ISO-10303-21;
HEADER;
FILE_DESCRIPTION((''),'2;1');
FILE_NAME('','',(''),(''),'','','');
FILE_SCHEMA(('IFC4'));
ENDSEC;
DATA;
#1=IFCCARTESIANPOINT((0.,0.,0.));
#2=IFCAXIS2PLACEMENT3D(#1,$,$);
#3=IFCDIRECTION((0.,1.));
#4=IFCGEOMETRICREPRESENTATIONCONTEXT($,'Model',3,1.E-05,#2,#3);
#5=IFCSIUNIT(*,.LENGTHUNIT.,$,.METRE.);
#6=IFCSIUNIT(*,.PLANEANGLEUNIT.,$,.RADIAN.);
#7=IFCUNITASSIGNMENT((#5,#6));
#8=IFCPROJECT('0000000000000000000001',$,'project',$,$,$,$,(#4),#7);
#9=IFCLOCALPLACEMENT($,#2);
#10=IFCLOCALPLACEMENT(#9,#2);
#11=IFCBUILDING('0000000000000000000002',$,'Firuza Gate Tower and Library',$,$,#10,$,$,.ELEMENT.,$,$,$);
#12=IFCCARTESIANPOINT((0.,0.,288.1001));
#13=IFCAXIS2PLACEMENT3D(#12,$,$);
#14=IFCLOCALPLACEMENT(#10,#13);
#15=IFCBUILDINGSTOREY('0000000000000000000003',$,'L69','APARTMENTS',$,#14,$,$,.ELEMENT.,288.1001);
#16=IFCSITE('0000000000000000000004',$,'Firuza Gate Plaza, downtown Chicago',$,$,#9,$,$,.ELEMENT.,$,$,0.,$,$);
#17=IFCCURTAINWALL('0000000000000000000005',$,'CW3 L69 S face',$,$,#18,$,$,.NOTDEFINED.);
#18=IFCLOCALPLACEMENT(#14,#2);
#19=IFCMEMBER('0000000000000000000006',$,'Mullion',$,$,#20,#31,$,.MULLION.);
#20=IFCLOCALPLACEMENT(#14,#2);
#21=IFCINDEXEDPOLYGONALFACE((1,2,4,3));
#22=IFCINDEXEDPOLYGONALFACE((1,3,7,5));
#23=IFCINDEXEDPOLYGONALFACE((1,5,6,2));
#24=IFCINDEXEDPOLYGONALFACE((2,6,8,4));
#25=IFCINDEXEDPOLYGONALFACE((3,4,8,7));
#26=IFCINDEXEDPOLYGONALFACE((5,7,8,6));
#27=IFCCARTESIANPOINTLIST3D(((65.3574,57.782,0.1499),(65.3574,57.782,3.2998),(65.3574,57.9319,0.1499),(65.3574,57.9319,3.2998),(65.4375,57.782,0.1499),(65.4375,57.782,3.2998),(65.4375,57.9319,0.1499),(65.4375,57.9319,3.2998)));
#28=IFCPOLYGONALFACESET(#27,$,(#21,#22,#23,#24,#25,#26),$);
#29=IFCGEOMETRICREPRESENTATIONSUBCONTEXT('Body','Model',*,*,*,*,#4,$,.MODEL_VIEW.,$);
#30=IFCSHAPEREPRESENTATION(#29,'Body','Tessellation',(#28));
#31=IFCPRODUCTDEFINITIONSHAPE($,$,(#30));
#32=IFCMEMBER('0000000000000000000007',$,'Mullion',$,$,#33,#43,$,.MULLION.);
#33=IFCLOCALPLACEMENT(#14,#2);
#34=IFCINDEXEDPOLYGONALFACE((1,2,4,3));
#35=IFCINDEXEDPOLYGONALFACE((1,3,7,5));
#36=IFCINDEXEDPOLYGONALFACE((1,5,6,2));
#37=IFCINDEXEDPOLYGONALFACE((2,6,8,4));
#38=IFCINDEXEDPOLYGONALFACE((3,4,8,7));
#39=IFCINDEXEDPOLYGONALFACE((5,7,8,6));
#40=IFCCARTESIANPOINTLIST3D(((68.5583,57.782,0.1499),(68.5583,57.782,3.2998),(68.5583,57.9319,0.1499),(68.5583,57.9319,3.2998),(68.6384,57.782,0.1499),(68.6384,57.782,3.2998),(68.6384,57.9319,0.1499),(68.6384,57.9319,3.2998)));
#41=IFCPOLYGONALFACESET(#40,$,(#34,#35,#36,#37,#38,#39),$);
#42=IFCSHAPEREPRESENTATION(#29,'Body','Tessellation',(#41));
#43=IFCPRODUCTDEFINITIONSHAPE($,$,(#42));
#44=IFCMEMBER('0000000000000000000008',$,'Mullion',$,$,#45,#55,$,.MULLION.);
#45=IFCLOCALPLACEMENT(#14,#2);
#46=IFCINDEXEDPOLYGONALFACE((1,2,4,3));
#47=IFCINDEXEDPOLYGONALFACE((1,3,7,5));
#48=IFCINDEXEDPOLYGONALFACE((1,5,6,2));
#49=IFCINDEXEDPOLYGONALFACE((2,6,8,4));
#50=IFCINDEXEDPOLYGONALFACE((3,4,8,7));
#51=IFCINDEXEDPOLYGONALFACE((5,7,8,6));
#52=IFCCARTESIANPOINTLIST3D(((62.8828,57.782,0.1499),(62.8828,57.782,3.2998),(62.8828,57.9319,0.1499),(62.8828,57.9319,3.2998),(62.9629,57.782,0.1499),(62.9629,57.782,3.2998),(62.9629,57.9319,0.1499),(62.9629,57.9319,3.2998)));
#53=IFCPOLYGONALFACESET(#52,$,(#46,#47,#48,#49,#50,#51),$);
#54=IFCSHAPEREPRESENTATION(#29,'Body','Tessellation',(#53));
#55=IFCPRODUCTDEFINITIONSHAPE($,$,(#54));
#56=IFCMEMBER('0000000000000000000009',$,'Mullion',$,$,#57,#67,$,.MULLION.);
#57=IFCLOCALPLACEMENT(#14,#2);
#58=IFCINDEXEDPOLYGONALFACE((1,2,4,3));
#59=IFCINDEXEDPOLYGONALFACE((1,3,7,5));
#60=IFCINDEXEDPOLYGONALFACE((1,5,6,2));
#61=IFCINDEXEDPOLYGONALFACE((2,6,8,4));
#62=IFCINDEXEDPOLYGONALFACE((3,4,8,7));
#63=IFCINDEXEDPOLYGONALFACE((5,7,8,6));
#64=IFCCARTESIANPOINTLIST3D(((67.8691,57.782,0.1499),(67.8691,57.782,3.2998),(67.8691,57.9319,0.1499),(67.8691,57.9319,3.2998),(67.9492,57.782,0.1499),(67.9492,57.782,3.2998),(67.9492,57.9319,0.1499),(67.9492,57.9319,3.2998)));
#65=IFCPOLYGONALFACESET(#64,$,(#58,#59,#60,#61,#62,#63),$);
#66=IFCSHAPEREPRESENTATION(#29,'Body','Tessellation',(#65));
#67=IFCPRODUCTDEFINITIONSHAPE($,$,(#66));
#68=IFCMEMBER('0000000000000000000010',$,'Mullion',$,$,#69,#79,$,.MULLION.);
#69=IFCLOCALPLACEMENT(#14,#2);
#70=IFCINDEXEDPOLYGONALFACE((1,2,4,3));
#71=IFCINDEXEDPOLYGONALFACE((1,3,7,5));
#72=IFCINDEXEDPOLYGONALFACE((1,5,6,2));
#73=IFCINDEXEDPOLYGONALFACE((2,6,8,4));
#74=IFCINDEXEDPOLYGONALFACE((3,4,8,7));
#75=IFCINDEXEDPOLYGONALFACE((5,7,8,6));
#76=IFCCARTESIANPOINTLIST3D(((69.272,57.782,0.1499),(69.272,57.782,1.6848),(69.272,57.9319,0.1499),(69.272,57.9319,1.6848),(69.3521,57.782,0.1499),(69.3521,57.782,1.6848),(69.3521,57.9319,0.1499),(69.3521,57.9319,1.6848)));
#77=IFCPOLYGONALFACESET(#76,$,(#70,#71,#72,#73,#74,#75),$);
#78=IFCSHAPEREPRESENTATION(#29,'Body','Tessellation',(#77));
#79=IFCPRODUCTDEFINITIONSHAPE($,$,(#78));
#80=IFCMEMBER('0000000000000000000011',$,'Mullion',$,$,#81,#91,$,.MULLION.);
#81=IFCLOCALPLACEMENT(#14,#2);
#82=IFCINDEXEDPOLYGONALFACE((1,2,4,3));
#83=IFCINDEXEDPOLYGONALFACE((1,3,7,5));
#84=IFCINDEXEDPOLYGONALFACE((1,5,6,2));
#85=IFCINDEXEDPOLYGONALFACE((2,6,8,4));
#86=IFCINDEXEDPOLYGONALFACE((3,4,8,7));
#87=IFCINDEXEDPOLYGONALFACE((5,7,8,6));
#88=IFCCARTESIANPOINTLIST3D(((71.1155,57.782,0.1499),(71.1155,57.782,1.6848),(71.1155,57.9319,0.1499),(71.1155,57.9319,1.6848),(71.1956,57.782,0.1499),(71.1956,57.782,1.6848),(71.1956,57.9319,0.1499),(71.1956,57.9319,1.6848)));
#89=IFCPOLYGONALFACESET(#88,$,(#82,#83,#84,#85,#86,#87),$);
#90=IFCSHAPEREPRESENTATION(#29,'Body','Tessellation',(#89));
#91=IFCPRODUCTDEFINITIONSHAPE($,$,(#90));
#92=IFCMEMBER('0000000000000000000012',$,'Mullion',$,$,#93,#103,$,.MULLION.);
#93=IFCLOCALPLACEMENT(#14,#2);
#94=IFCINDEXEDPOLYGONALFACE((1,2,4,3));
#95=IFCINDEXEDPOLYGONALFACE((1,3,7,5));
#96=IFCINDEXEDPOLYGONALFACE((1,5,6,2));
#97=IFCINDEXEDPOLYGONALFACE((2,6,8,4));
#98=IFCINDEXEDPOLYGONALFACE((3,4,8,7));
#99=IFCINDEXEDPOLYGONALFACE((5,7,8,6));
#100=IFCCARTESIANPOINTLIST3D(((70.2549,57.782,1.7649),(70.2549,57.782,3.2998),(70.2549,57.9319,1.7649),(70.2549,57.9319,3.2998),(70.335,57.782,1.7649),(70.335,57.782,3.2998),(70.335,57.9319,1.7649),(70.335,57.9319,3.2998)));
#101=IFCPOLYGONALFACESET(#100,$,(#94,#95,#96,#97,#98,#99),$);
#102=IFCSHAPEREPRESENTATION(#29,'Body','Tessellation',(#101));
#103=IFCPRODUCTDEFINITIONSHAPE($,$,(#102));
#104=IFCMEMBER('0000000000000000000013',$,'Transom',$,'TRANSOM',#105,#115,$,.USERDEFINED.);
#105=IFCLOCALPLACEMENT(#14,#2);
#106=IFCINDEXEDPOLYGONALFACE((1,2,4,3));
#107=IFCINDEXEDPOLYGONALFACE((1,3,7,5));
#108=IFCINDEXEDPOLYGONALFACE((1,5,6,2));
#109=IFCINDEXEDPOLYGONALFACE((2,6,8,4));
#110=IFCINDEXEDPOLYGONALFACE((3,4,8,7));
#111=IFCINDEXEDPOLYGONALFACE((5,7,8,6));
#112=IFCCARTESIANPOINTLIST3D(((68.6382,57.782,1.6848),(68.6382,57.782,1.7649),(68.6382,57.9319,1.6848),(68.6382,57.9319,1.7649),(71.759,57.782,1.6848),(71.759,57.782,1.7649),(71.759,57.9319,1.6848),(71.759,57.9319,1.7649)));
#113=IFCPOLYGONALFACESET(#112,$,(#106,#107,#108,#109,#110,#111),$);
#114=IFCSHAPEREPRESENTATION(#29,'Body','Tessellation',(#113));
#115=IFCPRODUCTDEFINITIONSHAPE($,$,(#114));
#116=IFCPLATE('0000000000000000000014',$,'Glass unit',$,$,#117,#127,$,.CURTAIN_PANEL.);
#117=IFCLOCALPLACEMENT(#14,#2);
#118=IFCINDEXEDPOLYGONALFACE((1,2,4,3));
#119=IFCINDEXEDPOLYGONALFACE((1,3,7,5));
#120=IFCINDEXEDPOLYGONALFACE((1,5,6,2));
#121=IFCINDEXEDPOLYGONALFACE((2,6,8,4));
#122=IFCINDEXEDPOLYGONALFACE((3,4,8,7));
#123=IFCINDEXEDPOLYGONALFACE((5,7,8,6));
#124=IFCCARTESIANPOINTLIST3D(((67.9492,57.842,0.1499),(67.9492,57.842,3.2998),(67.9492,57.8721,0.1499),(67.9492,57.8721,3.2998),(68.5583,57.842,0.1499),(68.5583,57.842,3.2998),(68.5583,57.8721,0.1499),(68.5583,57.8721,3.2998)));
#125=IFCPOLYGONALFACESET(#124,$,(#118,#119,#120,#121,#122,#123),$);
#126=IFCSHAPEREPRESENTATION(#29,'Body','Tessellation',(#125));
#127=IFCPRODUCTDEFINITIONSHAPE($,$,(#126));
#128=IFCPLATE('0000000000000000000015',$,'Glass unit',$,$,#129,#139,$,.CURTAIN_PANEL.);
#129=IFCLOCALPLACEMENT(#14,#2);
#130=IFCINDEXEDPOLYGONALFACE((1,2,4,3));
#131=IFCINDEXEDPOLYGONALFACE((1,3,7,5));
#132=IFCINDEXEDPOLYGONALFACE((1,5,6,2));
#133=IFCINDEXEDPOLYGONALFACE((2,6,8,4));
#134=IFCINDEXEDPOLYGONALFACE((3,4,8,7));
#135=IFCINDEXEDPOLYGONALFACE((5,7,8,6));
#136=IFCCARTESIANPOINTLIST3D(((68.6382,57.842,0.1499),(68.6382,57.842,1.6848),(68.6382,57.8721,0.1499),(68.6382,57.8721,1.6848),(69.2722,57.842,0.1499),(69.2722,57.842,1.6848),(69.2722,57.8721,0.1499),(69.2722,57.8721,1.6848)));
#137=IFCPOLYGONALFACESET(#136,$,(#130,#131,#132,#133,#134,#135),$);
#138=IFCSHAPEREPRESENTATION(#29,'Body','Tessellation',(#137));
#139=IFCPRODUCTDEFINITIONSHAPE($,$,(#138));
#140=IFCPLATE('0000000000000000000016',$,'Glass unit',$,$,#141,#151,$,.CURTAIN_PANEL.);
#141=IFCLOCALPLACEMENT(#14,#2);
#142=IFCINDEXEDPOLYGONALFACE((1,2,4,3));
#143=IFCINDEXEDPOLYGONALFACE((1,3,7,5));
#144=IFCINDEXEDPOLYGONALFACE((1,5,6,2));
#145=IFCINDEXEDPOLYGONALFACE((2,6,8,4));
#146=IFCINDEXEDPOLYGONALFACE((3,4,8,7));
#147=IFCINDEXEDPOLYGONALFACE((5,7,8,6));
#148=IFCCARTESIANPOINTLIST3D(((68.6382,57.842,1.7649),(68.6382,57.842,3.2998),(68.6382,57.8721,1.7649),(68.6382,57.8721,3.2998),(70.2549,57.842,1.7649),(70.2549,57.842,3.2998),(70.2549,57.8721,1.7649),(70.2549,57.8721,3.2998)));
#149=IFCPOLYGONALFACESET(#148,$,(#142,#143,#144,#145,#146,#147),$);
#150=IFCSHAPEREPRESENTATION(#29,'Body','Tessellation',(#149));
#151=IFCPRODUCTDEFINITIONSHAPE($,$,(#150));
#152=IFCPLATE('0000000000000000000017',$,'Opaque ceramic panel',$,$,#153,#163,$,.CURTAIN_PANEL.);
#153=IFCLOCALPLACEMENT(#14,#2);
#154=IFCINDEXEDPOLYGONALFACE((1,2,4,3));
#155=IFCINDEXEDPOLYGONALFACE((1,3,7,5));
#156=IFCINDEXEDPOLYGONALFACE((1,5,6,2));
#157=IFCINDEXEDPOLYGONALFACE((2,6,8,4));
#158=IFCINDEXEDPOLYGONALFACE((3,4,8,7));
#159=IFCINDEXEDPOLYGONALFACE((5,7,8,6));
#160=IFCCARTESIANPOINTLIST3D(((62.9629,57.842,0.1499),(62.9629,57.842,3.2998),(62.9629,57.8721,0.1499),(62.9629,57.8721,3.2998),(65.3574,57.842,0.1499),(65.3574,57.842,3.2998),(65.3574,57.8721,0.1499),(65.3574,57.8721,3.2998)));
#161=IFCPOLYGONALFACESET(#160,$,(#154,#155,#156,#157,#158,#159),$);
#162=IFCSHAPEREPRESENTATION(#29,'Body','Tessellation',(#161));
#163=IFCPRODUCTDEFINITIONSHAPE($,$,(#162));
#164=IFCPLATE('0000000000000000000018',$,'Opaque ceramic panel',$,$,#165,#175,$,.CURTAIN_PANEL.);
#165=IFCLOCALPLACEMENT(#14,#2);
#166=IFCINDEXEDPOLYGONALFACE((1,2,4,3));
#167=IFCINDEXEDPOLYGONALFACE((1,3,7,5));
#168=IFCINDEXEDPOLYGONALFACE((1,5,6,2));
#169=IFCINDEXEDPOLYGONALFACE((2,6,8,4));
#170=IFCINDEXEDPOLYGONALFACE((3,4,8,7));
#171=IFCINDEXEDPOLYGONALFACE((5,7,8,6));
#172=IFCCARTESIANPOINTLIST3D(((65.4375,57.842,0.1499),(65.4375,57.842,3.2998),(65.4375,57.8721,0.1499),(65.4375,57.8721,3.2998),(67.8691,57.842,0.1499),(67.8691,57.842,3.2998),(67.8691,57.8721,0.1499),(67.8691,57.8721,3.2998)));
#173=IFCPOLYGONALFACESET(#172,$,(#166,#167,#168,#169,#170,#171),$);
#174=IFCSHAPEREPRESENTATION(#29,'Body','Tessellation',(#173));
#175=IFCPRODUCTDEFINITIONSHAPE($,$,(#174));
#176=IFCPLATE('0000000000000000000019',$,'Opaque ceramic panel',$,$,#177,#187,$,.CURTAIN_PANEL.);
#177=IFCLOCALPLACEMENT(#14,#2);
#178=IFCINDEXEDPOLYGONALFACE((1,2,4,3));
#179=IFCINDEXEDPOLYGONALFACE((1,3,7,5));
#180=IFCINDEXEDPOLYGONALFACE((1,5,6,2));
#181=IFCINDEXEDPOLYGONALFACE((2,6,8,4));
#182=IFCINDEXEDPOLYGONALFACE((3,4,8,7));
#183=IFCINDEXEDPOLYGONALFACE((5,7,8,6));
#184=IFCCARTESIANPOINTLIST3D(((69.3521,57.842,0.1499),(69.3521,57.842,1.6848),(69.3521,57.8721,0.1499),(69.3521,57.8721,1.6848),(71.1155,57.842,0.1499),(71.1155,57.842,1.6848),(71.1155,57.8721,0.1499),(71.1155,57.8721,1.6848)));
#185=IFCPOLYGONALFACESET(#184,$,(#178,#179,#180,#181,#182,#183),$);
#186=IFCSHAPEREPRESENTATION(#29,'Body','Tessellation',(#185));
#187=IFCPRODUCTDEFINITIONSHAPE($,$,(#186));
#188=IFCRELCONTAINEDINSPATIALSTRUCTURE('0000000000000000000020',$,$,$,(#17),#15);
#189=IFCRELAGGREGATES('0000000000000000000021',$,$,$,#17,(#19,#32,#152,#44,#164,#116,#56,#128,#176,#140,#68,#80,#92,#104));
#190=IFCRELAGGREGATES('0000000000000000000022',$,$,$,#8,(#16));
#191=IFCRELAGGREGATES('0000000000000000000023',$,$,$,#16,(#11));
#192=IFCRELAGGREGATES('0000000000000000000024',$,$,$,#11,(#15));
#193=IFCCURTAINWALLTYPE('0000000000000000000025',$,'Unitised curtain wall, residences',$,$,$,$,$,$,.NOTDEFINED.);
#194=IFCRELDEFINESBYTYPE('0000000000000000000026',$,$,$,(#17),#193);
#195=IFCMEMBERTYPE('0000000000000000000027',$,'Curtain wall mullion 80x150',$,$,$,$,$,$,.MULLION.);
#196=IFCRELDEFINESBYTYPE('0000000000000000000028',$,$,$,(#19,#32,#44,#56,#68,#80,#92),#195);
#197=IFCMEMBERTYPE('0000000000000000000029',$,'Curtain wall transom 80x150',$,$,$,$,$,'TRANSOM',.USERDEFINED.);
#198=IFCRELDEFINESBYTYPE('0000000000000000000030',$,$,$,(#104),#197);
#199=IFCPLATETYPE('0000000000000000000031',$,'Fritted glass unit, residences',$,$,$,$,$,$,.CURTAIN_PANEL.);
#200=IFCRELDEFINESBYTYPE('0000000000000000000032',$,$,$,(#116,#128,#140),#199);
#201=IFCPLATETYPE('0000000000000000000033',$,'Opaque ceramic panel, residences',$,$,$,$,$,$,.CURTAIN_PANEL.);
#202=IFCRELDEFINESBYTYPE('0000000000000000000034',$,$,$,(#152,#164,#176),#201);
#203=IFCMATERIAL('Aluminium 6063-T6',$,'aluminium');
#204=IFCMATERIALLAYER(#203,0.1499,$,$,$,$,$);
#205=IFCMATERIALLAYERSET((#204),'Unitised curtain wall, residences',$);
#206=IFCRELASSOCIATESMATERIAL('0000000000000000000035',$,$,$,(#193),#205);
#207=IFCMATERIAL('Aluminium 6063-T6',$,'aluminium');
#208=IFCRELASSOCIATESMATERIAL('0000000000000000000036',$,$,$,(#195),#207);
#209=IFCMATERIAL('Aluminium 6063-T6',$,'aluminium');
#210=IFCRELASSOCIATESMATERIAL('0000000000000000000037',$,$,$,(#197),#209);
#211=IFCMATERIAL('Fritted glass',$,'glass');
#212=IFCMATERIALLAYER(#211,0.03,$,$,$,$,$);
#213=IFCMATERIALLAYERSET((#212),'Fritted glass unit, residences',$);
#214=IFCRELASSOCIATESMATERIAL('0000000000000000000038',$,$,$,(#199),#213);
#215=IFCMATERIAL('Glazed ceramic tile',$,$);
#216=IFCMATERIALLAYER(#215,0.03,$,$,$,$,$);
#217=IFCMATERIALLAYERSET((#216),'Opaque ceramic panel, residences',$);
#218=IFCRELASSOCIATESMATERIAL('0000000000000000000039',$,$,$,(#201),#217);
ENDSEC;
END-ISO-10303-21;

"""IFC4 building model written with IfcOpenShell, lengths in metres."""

from ifc_helpers import new_model, si_unit, direction, frame, origin, origin_2d, place, context, subcontext, project, spatial, polyline, rectangle, outline, extrude, material, layer, layer_set, material_profile, profile_set, type_object, element, aggregate, save


model = new_model("IFC4")

# Units and contexts
model_context = context("Model", 3, precision=1e-05, world=origin(), true_north=direction((0.0, 1.0)))
body_context = subcontext(model_context, "Body", "Model", "MODEL_VIEW")
ifc_project = project(units=[si_unit("LENGTHUNIT", "METRE"), si_unit("PLANEANGLEUNIT", "RADIAN")], contexts=[model_context])

# Site, building, storey
site_placement = place(None, origin())
site = spatial("IfcSite", under=ifc_project, at=site_placement, Name="Firuza Gate Plaza, downtown Chicago", CompositionType="ELEMENT", RefElevation=0.0)
building_placement = place(site_placement, origin())
building = spatial("IfcBuilding", under=site, at=building_placement, Name="Firuza Gate Tower and Library", CompositionType="ELEMENT")
storey_placement = place(building_placement, frame((0.0, 0.0, 288.1001)))
storey = spatial("IfcBuildingStorey", under=building, at=storey_placement, Name="L69", Description="APARTMENTS", CompositionType="ELEMENT", Elevation=288.1001)

# Curtain wall, members, plates
ifc_material_1 = material(Name="Aluminium 6063-T6", Category="aluminium")
ifc_layer_1 = layer(ifc_material_1, 0.1499)
ifc_layer_set_1 = layer_set([ifc_layer_1], Name="Unitised curtain wall, residences")
curtain_wall_type = type_object("IfcCurtainWallType", Name="Unitised curtain wall, residences", PredefinedType="NOTDEFINED", material=ifc_layer_set_1)
curtain_wall_placement = place(storey_placement, origin())
curtain_wall = element("IfcCurtainWall", 1, at=curtain_wall_placement, inside=storey, type_object=curtain_wall_type, Name="CW3 L69 S face", PredefinedType="NOTDEFINED")
ifc_material_2 = material(Name="Aluminium 6063-T6", Category="aluminium")
ifc_material_profile_1 = material_profile(ifc_material_2, rectangle(XDim=0.1499, YDim=0.0801, at=origin_2d()))
ifc_profile_set_1 = profile_set([ifc_material_profile_1], Name="Aluminium 6063-T6")
member_type_1 = type_object("IfcMemberType", Name="Curtain wall mullion 80x150", PredefinedType="MULLION", material=ifc_profile_set_1)
member_1_placement = place(storey_placement, frame((65.3975, 57.8569, 0.1499), z_axis=(0.0, 0.0, 1.0), x_axis=(0.0, 1.0, 0.0)))
member_1 = element("IfcMember", 2, at=member_1_placement, type_object=member_type_1, Name="Mullion", PredefinedType="MULLION", context=body_context, shape_type="SweptSolid", body=[
    extrude(rectangle(XDim=0.1499, YDim=0.0801, at=origin_2d()), origin(), (0.0, 0.0, 1.0), 3.1499),
])
member_2_placement = place(storey_placement, frame((68.5984, 57.8569, 0.1499), z_axis=(0.0, 0.0, 1.0), x_axis=(0.0, 1.0, 0.0)))
member_2 = element("IfcMember", 3, at=member_2_placement, type_object=member_type_1, Name="Mullion", PredefinedType="MULLION", context=body_context, shape_type="SweptSolid", body=[
    extrude(rectangle(XDim=0.1499, YDim=0.0801, at=origin_2d()), origin(), (0.0, 0.0, 1.0), 3.1499),
])
member_3_placement = place(storey_placement, frame((62.9229, 57.8569, 0.1499), z_axis=(0.0, 0.0, 1.0), x_axis=(0.0, 1.0, 0.0)))
member_3 = element("IfcMember", 4, at=member_3_placement, type_object=member_type_1, Name="Mullion", PredefinedType="MULLION", context=body_context, shape_type="SweptSolid", body=[
    extrude(rectangle(XDim=0.1499, YDim=0.0801, at=origin_2d()), origin(), (0.0, 0.0, 1.0), 3.1499),
])
member_4_placement = place(storey_placement, frame((67.9092, 57.8569, 0.1499), z_axis=(0.0, 0.0, 1.0), x_axis=(0.0, 1.0, 0.0)))
member_4 = element("IfcMember", 5, at=member_4_placement, type_object=member_type_1, Name="Mullion", PredefinedType="MULLION", context=body_context, shape_type="SweptSolid", body=[
    extrude(rectangle(XDim=0.1499, YDim=0.0801, at=origin_2d()), origin(), (0.0, 0.0, 1.0), 3.1499),
])
member_5_placement = place(storey_placement, frame((69.312, 57.8569, 0.1499), z_axis=(0.0, 0.0, 1.0), x_axis=(0.0, 1.0, 0.0)))
member_5 = element("IfcMember", 6, at=member_5_placement, type_object=member_type_1, Name="Mullion", PredefinedType="MULLION", context=body_context, shape_type="SweptSolid", body=[
    extrude(rectangle(XDim=0.1499, YDim=0.0801, at=origin_2d()), origin(), (0.0, 0.0, 1.0), 1.5349),
])
member_6_placement = place(storey_placement, frame((71.1555, 57.8569, 0.1499), z_axis=(0.0, 0.0, 1.0), x_axis=(0.0, 1.0, 0.0)))
member_6 = element("IfcMember", 7, at=member_6_placement, type_object=member_type_1, Name="Mullion", PredefinedType="MULLION", context=body_context, shape_type="SweptSolid", body=[
    extrude(rectangle(XDim=0.1499, YDim=0.0801, at=origin_2d()), origin(), (0.0, 0.0, 1.0), 1.5349),
])
member_7_placement = place(storey_placement, frame((70.2949, 57.8569, 1.7649), z_axis=(0.0, 0.0, 1.0), x_axis=(0.0, 1.0, 0.0)))
member_7 = element("IfcMember", 8, at=member_7_placement, type_object=member_type_1, Name="Mullion", PredefinedType="MULLION", context=body_context, shape_type="SweptSolid", body=[
    extrude(rectangle(XDim=0.1499, YDim=0.0801, at=origin_2d()), origin(), (0.0, 0.0, 1.0), 1.5349),
])
ifc_material_3 = material(Name="Aluminium 6063-T6", Category="aluminium")
ifc_material_profile_2 = material_profile(ifc_material_3, rectangle(XDim=0.1499, YDim=0.0801, at=origin_2d()))
ifc_profile_set_2 = profile_set([ifc_material_profile_2], Name="Aluminium 6063-T6")
member_type_2 = type_object("IfcMemberType", Name="Curtain wall transom 80x150", ElementType="TRANSOM", PredefinedType="USERDEFINED", material=ifc_profile_set_2)
member_8_placement = place(storey_placement, frame((68.6382, 57.8569, 1.7249), z_axis=(1.0, 0.0, 0.0), x_axis=(0.0, 1.0, 0.0)))
member_8 = element("IfcMember", 9, at=member_8_placement, type_object=member_type_2, Name="Transom", ObjectType="TRANSOM", PredefinedType="USERDEFINED", context=body_context, shape_type="SweptSolid", body=[
    extrude(rectangle(XDim=0.1499, YDim=0.0801, at=origin_2d()), origin(), (0.0, 0.0, 1.0), 3.1208),
])
ifc_material_4 = material(Name="Fritted glass", Category="glass")
ifc_layer_2 = layer(ifc_material_4, 0.03)
ifc_layer_set_2 = layer_set([ifc_layer_2], Name="Fritted glass unit, residences")
plate_type_1 = type_object("IfcPlateType", Name="Fritted glass unit, residences", PredefinedType="CURTAIN_PANEL", material=ifc_layer_set_2)
plate_1_placement = place(storey_placement, frame((67.9492, 57.842, 0.1499), z_axis=(0.0, -1.0, 0.0), x_axis=(1.0, 0.0, 0.0)))
plate_1 = element("IfcPlate", 10, at=plate_1_placement, type_object=plate_type_1, Name="Glass unit", PredefinedType="CURTAIN_PANEL", context=body_context, shape_type="SweptSolid", body=[
    extrude(outline(polyline([(0.0, 0.0), (0.6091, 0.0), (0.6091, 3.1499), (0.0, 3.1499), (0.0, 0.0)])), origin(), (0.0, 0.0, -1.0), 0.03),
])
plate_2_placement = place(storey_placement, frame((68.6382, 57.842, 0.1499), z_axis=(0.0, -1.0, 0.0), x_axis=(1.0, 0.0, 0.0)))
plate_2 = element("IfcPlate", 11, at=plate_2_placement, type_object=plate_type_1, Name="Glass unit", PredefinedType="CURTAIN_PANEL", context=body_context, shape_type="SweptSolid", body=[
    extrude(outline(polyline([(0.0, 0.0), (0.634, 0.0), (0.634, 1.5349), (0.0, 1.5349), (0.0, 0.0)])), origin(), (0.0, 0.0, -1.0), 0.03),
])
plate_3_placement = place(storey_placement, frame((68.6382, 57.842, 1.7649), z_axis=(0.0, -1.0, 0.0), x_axis=(1.0, 0.0, 0.0)))
plate_3 = element("IfcPlate", 12, at=plate_3_placement, type_object=plate_type_1, Name="Glass unit", PredefinedType="CURTAIN_PANEL", context=body_context, shape_type="SweptSolid", body=[
    extrude(outline(polyline([(0.0, 0.0), (1.6167, 0.0), (1.6167, 1.5349), (0.0, 1.5349), (0.0, 0.0)])), origin(), (0.0, 0.0, -1.0), 0.03),
])
ifc_material_5 = material(Name="Glazed ceramic tile")
ifc_layer_3 = layer(ifc_material_5, 0.03)
ifc_layer_set_3 = layer_set([ifc_layer_3], Name="Opaque ceramic panel, residences")
plate_type_2 = type_object("IfcPlateType", Name="Opaque ceramic panel, residences", PredefinedType="CURTAIN_PANEL", material=ifc_layer_set_3)
plate_4_placement = place(storey_placement, frame((62.9629, 57.842, 0.1499), z_axis=(0.0, -1.0, 0.0), x_axis=(1.0, 0.0, 0.0)))
plate_4 = element("IfcPlate", 13, at=plate_4_placement, type_object=plate_type_2, Name="Opaque ceramic panel", PredefinedType="CURTAIN_PANEL", context=body_context, shape_type="SweptSolid", body=[
    extrude(outline(polyline([(0.0, 0.0), (2.3945, 0.0), (2.3945, 3.1499), (0.0, 3.1499), (0.0, 0.0)])), origin(), (0.0, 0.0, -1.0), 0.03),
])
plate_5_placement = place(storey_placement, frame((65.4375, 57.842, 0.1499), z_axis=(0.0, -1.0, 0.0), x_axis=(1.0, 0.0, 0.0)))
plate_5 = element("IfcPlate", 14, at=plate_5_placement, type_object=plate_type_2, Name="Opaque ceramic panel", PredefinedType="CURTAIN_PANEL", context=body_context, shape_type="SweptSolid", body=[
    extrude(outline(polyline([(0.0, 0.0), (2.4316, 0.0), (2.4316, 3.1499), (0.0, 3.1499), (0.0, 0.0)])), origin(), (0.0, 0.0, -1.0), 0.03),
])
plate_6_placement = place(storey_placement, frame((69.3521, 57.842, 0.1499), z_axis=(0.0, -1.0, 0.0), x_axis=(1.0, 0.0, 0.0)))
plate_6 = element("IfcPlate", 15, at=plate_6_placement, type_object=plate_type_2, Name="Opaque ceramic panel", PredefinedType="CURTAIN_PANEL", context=body_context, shape_type="SweptSolid", body=[
    extrude(outline(polyline([(0.0, 0.0), (1.7634, 0.0), (1.7634, 1.5349), (0.0, 1.5349), (0.0, 0.0)])), origin(), (0.0, 0.0, -1.0), 0.03),
])
aggregate(curtain_wall, [member_1, member_2, plate_4, member_3, plate_5, plate_1, member_4, plate_2, plate_6, plate_3, member_5, member_6, member_7, member_8])

save(model, "model.ifc")
